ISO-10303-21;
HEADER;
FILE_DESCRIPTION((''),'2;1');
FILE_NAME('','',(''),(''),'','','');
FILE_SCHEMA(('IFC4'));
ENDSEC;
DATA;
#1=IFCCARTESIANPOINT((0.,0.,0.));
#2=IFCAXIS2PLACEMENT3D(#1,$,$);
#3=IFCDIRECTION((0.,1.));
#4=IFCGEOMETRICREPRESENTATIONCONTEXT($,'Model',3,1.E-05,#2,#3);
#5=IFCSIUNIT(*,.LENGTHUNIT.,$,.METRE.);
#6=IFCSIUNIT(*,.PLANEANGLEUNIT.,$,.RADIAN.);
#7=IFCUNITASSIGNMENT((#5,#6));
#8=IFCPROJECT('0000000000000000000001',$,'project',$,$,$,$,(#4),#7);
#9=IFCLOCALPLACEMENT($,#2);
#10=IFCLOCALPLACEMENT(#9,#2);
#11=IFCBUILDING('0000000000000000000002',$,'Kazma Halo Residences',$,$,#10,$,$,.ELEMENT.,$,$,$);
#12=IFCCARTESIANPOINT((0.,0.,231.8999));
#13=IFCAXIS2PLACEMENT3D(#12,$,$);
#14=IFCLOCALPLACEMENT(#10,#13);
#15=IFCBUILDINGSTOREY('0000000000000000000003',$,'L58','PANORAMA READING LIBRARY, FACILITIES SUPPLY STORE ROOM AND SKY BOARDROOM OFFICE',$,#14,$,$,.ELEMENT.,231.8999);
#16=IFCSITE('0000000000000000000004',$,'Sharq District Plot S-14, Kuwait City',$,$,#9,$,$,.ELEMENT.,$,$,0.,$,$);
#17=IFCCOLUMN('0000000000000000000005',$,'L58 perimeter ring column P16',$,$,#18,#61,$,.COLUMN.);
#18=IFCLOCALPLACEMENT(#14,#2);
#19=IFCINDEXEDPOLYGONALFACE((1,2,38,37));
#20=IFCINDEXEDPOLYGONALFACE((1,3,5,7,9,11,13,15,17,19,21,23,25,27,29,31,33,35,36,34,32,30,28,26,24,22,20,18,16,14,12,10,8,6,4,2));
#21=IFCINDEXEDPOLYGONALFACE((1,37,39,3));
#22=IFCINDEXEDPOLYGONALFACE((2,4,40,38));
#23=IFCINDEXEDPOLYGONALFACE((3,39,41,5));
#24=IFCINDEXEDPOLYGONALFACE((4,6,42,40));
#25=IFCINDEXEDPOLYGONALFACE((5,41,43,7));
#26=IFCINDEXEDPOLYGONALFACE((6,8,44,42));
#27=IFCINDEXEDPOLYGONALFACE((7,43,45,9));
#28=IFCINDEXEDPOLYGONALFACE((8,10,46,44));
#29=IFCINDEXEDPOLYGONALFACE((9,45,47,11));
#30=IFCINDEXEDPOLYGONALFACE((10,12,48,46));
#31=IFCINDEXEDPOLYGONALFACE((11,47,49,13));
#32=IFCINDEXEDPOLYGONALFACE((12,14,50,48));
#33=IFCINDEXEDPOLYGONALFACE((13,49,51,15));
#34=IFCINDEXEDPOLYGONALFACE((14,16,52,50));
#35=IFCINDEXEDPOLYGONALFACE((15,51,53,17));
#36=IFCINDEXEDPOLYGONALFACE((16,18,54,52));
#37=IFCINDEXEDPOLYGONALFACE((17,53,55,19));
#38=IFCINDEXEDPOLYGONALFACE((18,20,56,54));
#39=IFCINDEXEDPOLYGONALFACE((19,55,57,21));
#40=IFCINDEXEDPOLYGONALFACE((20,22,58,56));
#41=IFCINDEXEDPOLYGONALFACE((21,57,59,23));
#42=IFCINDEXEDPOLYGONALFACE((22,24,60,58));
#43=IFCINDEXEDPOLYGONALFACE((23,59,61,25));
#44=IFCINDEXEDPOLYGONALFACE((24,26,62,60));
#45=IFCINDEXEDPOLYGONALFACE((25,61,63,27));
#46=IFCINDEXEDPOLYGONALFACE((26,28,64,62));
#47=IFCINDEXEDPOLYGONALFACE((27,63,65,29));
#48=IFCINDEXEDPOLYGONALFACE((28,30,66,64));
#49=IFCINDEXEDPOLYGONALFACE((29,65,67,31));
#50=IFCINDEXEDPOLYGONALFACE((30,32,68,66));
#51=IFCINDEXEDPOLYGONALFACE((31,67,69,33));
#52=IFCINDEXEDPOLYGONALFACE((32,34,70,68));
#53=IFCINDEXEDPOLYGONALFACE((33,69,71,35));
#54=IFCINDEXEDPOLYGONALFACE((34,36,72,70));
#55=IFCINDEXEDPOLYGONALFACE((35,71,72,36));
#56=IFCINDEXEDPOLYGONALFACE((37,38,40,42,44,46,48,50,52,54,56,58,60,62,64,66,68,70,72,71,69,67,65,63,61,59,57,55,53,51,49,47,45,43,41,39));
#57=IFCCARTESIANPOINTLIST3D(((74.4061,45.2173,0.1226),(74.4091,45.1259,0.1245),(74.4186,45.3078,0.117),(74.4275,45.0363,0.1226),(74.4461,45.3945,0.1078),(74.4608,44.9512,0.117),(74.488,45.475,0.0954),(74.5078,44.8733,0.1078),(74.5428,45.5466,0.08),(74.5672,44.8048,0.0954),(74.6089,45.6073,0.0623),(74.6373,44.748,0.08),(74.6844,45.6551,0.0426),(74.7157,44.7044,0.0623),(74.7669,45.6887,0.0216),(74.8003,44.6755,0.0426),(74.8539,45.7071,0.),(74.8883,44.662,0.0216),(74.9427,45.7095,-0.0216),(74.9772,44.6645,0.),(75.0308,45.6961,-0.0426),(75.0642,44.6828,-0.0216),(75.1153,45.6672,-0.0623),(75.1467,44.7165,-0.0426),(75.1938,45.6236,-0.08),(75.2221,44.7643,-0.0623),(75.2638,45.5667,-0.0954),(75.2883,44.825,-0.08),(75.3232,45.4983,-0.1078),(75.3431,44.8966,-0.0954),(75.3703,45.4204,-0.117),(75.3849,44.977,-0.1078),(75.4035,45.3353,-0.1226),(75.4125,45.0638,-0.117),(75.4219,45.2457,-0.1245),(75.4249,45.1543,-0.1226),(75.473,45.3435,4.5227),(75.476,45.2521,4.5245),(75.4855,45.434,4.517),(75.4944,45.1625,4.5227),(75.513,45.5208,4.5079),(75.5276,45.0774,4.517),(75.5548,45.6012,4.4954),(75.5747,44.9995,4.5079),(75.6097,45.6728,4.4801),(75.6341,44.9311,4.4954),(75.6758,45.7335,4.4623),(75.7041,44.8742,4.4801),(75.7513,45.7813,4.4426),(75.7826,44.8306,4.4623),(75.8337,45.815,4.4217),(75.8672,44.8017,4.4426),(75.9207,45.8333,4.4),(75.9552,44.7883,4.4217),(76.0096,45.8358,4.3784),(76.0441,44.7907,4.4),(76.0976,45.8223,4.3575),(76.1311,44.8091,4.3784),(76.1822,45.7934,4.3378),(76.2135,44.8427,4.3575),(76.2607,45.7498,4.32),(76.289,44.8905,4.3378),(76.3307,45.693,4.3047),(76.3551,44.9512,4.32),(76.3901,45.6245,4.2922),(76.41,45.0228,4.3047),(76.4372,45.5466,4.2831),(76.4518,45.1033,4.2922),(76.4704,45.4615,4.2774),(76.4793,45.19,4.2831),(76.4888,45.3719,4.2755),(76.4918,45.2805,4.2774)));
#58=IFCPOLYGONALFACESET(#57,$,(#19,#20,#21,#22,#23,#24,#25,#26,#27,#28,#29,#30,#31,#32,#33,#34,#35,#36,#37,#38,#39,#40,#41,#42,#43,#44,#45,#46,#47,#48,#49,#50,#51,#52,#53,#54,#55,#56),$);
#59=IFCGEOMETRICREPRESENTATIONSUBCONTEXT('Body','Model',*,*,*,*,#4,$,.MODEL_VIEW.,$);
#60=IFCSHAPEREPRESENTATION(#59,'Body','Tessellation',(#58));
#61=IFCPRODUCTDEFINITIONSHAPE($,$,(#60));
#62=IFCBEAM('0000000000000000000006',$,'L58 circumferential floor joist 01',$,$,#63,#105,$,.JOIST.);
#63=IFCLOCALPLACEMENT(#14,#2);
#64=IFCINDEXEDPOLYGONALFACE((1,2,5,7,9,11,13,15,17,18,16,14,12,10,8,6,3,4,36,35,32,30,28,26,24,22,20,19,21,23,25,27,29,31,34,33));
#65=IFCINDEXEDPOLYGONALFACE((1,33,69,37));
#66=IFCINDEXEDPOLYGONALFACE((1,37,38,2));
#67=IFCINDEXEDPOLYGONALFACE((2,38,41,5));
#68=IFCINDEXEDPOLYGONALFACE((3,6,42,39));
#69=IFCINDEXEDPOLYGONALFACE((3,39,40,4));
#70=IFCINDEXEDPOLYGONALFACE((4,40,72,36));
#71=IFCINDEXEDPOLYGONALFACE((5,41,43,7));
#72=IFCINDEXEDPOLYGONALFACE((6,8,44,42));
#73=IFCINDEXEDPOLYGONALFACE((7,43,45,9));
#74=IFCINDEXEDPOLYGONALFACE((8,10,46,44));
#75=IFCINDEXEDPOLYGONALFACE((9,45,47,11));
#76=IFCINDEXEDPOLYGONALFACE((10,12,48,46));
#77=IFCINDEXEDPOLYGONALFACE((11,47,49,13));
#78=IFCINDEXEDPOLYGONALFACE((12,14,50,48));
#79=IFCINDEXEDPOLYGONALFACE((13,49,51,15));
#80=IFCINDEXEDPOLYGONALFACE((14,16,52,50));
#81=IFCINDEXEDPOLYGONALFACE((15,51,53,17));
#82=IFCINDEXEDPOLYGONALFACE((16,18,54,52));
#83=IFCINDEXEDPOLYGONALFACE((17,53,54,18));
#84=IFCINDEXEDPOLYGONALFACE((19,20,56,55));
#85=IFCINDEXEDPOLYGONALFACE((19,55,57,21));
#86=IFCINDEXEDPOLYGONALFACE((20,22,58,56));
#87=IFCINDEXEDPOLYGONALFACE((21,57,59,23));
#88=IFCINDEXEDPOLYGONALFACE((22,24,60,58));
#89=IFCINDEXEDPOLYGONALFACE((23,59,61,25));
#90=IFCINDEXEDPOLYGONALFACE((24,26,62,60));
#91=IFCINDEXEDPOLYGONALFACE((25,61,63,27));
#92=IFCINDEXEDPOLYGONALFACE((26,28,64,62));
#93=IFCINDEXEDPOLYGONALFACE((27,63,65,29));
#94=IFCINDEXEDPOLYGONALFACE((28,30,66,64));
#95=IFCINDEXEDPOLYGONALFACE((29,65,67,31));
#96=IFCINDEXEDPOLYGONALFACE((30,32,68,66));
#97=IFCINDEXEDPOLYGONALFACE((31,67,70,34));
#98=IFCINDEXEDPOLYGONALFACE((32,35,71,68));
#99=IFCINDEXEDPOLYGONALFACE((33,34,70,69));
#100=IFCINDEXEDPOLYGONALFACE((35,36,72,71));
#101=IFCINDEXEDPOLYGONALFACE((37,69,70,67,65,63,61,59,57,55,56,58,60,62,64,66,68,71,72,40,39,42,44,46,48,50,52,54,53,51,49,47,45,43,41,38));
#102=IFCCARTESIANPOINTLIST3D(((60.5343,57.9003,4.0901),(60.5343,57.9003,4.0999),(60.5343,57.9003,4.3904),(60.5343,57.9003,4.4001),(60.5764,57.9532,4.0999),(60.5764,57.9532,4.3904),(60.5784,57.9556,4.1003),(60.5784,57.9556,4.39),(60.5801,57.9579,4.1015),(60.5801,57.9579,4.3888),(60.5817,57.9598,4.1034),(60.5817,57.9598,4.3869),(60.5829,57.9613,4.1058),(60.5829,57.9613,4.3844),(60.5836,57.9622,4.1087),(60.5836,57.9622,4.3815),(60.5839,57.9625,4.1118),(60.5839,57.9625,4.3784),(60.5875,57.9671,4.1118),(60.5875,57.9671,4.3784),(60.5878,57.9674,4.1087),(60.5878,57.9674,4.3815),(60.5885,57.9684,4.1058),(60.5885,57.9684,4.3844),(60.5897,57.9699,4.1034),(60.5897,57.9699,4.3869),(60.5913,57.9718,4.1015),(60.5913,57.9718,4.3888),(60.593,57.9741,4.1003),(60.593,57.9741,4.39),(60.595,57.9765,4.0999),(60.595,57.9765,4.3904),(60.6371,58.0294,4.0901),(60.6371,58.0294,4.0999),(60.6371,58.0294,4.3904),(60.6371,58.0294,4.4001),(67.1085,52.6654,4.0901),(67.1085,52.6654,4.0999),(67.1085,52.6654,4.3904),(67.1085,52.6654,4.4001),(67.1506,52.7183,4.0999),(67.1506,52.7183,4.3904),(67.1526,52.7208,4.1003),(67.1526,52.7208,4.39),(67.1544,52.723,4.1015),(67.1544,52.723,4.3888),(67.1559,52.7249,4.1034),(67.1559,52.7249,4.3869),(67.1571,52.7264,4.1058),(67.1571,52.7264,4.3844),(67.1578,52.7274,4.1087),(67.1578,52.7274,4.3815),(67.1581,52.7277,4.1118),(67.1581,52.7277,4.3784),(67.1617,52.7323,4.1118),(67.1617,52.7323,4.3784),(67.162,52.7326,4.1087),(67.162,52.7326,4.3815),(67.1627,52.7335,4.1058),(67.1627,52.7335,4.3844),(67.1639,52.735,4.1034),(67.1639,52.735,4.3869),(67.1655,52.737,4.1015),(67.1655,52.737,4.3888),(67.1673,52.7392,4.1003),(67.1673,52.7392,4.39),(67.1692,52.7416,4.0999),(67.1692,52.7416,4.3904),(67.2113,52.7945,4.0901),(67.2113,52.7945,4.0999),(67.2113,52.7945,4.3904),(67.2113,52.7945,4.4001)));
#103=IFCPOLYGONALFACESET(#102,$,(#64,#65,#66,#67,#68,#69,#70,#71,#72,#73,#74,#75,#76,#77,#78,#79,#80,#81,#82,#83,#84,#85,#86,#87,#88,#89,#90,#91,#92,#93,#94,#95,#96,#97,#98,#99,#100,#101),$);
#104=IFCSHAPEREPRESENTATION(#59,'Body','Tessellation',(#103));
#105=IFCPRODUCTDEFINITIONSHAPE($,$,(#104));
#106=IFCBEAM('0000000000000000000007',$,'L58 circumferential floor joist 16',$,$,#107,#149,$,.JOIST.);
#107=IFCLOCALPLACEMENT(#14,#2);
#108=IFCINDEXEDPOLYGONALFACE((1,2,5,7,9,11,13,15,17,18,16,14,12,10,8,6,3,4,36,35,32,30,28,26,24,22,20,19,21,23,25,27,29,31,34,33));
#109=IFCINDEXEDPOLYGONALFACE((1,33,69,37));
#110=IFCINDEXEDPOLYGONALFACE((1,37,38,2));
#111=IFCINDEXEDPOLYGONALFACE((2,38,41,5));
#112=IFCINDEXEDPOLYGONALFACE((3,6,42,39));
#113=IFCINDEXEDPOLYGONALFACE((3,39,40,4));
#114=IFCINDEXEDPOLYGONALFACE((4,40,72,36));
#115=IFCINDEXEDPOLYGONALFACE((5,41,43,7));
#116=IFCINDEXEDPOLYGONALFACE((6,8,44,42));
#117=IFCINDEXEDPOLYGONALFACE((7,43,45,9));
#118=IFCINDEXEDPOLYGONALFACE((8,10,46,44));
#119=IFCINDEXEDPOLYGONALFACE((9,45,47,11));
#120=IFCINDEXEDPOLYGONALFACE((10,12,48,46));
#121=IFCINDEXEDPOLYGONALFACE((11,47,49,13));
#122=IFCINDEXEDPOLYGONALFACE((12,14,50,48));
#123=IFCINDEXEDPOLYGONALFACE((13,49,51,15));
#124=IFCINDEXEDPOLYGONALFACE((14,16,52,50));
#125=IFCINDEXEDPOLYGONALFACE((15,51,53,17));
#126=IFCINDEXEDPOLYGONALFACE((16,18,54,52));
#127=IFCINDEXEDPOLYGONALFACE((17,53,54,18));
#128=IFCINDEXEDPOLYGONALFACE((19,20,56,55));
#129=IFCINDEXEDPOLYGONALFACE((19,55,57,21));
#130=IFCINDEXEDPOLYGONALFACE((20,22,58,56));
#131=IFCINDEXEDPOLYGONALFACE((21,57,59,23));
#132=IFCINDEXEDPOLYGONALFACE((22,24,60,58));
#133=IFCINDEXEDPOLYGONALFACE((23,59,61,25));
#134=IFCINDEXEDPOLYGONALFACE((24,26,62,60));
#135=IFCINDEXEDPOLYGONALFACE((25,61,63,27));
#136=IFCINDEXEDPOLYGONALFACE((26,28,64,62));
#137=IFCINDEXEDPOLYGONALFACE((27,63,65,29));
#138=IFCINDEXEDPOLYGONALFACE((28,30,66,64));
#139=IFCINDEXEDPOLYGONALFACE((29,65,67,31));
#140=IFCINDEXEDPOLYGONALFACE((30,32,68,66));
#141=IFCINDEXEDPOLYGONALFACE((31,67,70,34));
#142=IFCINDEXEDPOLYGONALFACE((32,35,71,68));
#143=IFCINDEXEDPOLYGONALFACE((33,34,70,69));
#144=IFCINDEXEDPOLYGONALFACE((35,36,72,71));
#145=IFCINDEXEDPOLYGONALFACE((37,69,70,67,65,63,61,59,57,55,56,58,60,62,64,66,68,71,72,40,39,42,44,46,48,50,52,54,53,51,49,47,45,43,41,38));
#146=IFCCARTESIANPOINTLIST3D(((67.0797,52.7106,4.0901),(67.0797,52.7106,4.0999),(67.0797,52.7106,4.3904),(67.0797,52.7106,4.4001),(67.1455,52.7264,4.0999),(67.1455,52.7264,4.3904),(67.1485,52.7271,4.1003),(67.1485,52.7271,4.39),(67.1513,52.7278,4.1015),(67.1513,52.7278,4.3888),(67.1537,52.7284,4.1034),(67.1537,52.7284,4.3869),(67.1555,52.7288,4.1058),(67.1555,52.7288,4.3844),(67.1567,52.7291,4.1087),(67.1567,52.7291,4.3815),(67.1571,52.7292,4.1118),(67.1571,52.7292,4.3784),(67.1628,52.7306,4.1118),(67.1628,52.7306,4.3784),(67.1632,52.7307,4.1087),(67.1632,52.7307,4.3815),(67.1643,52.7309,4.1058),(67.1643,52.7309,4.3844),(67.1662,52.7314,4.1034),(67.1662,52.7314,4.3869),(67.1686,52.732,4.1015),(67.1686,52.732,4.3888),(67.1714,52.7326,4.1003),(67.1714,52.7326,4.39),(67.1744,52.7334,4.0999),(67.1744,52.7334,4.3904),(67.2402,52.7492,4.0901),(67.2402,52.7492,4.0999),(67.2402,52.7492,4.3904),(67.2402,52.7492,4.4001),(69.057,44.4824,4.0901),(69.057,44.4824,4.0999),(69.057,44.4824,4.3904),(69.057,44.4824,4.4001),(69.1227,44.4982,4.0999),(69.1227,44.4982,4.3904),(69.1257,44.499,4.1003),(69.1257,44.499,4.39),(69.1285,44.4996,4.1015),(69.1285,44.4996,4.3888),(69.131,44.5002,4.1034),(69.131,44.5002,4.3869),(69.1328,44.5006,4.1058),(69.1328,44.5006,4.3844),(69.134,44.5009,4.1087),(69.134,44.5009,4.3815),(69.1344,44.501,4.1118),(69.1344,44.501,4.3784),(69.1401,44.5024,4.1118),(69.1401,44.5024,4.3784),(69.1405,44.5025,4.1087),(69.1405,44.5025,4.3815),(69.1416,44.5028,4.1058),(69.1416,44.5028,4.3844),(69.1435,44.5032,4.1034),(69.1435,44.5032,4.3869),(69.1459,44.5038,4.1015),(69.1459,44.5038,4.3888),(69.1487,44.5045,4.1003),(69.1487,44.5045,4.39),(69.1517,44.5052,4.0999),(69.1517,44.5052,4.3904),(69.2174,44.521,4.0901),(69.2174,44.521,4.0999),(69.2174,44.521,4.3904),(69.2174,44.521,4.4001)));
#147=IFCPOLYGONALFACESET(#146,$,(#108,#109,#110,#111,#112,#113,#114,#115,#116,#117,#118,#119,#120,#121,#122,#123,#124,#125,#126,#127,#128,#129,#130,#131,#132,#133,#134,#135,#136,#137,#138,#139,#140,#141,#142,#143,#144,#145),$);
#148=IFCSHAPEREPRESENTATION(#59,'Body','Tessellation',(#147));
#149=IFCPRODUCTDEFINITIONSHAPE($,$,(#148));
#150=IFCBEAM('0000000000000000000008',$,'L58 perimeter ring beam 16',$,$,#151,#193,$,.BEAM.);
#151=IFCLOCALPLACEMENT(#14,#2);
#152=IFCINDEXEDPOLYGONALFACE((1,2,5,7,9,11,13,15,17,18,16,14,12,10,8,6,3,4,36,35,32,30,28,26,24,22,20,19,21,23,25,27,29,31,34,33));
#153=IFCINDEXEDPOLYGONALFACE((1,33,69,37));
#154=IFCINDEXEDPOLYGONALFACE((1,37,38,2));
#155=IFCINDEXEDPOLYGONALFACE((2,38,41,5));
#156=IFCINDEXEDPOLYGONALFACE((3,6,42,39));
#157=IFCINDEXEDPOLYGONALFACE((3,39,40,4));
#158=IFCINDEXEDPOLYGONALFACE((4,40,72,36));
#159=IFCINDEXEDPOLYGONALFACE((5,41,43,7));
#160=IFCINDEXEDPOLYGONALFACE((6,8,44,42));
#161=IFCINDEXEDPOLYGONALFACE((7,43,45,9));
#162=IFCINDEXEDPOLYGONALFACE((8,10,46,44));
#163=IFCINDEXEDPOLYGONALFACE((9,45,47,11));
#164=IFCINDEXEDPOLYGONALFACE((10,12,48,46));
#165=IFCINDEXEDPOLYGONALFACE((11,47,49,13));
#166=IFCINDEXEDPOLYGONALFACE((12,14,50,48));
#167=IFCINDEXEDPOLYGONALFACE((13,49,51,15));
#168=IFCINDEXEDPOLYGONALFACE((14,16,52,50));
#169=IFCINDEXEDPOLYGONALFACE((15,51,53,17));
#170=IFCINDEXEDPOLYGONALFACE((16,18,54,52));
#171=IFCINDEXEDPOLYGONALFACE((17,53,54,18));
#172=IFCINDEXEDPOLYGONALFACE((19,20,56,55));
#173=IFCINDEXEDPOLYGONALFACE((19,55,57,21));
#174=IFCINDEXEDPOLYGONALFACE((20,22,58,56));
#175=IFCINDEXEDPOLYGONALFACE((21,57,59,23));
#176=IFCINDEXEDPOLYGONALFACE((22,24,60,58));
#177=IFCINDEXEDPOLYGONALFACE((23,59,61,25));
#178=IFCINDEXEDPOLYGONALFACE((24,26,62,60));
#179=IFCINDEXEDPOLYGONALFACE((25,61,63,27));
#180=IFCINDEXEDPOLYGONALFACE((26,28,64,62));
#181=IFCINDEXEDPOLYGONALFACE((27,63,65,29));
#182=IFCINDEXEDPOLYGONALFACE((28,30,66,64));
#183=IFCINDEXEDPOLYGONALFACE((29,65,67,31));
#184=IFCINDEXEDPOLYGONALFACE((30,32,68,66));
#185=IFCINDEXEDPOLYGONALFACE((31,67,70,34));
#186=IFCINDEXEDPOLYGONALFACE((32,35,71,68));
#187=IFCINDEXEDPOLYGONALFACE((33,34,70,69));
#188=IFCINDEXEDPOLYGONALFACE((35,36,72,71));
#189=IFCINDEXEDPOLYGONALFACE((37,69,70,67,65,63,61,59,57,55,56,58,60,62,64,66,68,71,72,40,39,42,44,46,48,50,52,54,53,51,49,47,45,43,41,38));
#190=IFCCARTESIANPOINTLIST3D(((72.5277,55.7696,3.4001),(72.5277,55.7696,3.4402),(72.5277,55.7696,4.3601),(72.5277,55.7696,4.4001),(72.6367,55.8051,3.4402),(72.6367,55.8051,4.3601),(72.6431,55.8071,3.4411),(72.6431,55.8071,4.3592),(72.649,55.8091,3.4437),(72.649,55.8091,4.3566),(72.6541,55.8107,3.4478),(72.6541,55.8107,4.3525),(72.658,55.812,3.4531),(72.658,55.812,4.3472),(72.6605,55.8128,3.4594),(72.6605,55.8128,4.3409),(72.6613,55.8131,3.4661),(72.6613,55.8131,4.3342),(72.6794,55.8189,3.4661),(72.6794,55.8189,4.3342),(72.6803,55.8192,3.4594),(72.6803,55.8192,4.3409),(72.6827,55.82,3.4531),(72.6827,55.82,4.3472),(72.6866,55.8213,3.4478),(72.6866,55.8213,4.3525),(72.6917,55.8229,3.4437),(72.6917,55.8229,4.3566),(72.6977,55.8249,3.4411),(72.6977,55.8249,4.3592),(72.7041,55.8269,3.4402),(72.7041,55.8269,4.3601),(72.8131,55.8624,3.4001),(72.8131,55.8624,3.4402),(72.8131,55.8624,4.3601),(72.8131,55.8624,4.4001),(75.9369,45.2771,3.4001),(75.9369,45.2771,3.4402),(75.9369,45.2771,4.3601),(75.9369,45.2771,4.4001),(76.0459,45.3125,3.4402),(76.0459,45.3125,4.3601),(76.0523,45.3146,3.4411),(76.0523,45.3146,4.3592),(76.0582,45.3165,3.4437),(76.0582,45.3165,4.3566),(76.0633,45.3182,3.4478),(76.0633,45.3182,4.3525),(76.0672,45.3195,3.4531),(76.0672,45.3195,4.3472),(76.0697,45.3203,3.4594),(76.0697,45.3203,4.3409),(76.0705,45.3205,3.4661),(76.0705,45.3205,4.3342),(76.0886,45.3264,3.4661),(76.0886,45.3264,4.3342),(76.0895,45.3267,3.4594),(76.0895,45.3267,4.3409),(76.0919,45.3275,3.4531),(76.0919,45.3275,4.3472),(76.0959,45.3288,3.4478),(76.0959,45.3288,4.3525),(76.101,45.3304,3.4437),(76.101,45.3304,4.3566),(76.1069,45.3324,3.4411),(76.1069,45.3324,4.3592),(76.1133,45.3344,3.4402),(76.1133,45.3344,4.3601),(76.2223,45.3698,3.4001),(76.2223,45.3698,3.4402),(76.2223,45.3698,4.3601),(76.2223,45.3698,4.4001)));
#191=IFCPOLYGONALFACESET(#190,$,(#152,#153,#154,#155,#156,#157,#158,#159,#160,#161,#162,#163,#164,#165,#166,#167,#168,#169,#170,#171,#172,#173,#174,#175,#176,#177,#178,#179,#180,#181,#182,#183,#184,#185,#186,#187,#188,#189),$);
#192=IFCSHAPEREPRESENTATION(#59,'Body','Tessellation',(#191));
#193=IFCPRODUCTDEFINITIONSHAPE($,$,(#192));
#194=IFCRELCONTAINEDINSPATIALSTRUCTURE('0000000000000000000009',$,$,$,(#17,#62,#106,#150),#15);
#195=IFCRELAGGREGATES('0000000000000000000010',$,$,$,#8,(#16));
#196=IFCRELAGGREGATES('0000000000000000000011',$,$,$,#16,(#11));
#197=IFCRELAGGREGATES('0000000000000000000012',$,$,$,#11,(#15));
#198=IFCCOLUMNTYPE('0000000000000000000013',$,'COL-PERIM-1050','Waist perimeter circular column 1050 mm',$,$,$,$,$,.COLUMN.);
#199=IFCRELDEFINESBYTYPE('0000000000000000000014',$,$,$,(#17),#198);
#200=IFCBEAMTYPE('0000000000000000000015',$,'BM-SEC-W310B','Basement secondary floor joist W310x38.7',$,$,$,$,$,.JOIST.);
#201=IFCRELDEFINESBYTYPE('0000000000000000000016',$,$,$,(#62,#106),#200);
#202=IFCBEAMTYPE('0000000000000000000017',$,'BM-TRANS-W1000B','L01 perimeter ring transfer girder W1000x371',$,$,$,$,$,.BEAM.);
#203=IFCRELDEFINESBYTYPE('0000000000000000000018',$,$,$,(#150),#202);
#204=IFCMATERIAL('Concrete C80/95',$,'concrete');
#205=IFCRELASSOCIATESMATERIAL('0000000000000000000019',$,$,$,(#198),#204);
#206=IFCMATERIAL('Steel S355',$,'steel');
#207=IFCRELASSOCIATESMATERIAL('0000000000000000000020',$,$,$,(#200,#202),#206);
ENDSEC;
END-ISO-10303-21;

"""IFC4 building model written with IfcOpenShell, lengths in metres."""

from ifc_helpers import new_model, si_unit, direction, frame, origin, origin_2d, place, context, subcontext, project, spatial, circle, i_section, extrude, material, material_profile, profile_set, type_object, element, save


model = new_model("IFC4")

# Units and contexts
model_context = context("Model", 3, precision=1e-05, world=origin(), true_north=direction((0.0, 1.0)))
body_context = subcontext(model_context, "Body", "Model", "MODEL_VIEW")
ifc_project = project(units=[si_unit("LENGTHUNIT", "METRE"), si_unit("PLANEANGLEUNIT", "RADIAN")], contexts=[model_context])

# Site, building, storey
site_placement = place(None, origin())
site = spatial("IfcSite", under=ifc_project, at=site_placement, Name="Sharq District Plot S-14, Kuwait City", CompositionType="ELEMENT", RefElevation=0.0)
building_placement = place(site_placement, origin())
building = spatial("IfcBuilding", under=site, at=building_placement, Name="Kazma Halo Residences", CompositionType="ELEMENT")
storey_placement = place(building_placement, frame((0.0, 0.0, 231.8999)))
storey = spatial("IfcBuildingStorey", under=building, at=storey_placement, Name="L58", Description="PANORAMA READING LIBRARY, FACILITIES SUPPLY STORE ROOM AND SKY BOARDROOM OFFICE", CompositionType="ELEMENT", Elevation=231.8999)

# Column
ifc_material_1 = material(Name="Concrete C80/95", Category="concrete")
ifc_material_profile_1 = material_profile(ifc_material_1, circle(Radius=0.5249, at=origin_2d()), Name="CIRC1050")
ifc_profile_set_1 = profile_set([ifc_material_profile_1], Name="Concrete C80/95")
column_type = type_object("IfcColumnType", Name="COL-PERIM-1050", Description="Waist perimeter circular column 1050 mm", PredefinedType="COLUMN", material=ifc_profile_set_1)
column_placement = place(storey_placement, frame((74.9155, 45.1858, 0.0), z_axis=(0.235549, 0.027867, 0.971463), x_axis=(-0.117487, 0.993074, 0.0)))
element("IfcColumn", 1, at=column_placement, inside=storey, type_object=column_type, Name="L58 perimeter ring column P16", PredefinedType="COLUMN", context=body_context, shape_type="SweptSolid", body=[
    extrude(circle(Radius=0.5249, at=origin_2d()), origin(), (0.0, 0.0, 1.0), 4.5293),
])

# Beams
ifc_material_2 = material(Name="Steel S355", Category="steel")
ifc_material_profile_2 = material_profile(ifc_material_2, i_section(OverallWidth=0.165, OverallDepth=0.3101, WebThickness=0.0059, FlangeThickness=0.0098, FilletRadius=0.012, at=origin_2d()), Name="W310x38.7")
ifc_profile_set_2 = profile_set([ifc_material_profile_2], Name="Steel S355")
beam_type_1 = type_object("IfcBeamType", Name="BM-SEC-W310B", Description="Basement secondary floor joist W310x38.7", PredefinedType="JOIST", material=ifc_profile_set_2)
beam_1_placement = place(storey_placement, frame((67.1599, 52.73, 4.2451), z_axis=(-0.78229, 0.622915, 0.0), x_axis=(-0.622915, -0.78229, 0.0)))
element("IfcBeam", 2, at=beam_1_placement, inside=storey, type_object=beam_type_1, Name="L58 circumferential floor joist 01", PredefinedType="JOIST", context=body_context, shape_type="SweptSolid", body=[
    extrude(i_section(OverallWidth=0.165, OverallDepth=0.3101, WebThickness=0.0059, FlangeThickness=0.0098, FilletRadius=0.012, at=origin_2d()), origin(), (0.0, 0.0, 1.0), 8.4038),
])
beam_2_placement = place(storey_placement, frame((69.1372, 44.5017, 4.2451), z_axis=(-0.233653, 0.97232, 0.0), x_axis=(-0.97232, -0.233653, 0.0)))
element("IfcBeam", 3, at=beam_2_placement, inside=storey, type_object=beam_type_1, Name="L58 circumferential floor joist 16", PredefinedType="JOIST", context=body_context, shape_type="SweptSolid", body=[
    extrude(i_section(OverallWidth=0.165, OverallDepth=0.3101, WebThickness=0.0059, FlangeThickness=0.0098, FilletRadius=0.012, at=origin_2d()), origin(), (0.0, 0.0, 1.0), 8.4624),
])
ifc_material_profile_3 = material_profile(ifc_material_2, i_section(OverallWidth=0.3, OverallDepth=1.0, WebThickness=0.019, FlangeThickness=0.04, FilletRadius=0.0259, at=origin_2d()), Name="W1000x371")
ifc_profile_set_3 = profile_set([ifc_material_profile_3], Name="Steel S355")
beam_type_2 = type_object("IfcBeamType", Name="BM-TRANS-W1000B", Description="L01 perimeter ring transfer girder W1000x371", PredefinedType="BEAM", material=ifc_profile_set_3)
beam_3_placement = place(storey_placement, frame((76.0796, 45.3235, 3.9001), z_axis=(-0.309016, 0.951057, 0.0), x_axis=(-0.951057, -0.309016, 0.0)))
element("IfcBeam", 4, at=beam_3_placement, inside=storey, type_object=beam_type_2, Name="L58 perimeter ring beam 16", PredefinedType="BEAM", context=body_context, shape_type="SweptSolid", body=[
    extrude(i_section(OverallWidth=0.3, OverallDepth=1.0, WebThickness=0.019, FlangeThickness=0.04, FilletRadius=0.0259, at=origin_2d()), origin(), (0.0, 0.0, 1.0), 11.0325),
])

save(model, "model.ifc")
